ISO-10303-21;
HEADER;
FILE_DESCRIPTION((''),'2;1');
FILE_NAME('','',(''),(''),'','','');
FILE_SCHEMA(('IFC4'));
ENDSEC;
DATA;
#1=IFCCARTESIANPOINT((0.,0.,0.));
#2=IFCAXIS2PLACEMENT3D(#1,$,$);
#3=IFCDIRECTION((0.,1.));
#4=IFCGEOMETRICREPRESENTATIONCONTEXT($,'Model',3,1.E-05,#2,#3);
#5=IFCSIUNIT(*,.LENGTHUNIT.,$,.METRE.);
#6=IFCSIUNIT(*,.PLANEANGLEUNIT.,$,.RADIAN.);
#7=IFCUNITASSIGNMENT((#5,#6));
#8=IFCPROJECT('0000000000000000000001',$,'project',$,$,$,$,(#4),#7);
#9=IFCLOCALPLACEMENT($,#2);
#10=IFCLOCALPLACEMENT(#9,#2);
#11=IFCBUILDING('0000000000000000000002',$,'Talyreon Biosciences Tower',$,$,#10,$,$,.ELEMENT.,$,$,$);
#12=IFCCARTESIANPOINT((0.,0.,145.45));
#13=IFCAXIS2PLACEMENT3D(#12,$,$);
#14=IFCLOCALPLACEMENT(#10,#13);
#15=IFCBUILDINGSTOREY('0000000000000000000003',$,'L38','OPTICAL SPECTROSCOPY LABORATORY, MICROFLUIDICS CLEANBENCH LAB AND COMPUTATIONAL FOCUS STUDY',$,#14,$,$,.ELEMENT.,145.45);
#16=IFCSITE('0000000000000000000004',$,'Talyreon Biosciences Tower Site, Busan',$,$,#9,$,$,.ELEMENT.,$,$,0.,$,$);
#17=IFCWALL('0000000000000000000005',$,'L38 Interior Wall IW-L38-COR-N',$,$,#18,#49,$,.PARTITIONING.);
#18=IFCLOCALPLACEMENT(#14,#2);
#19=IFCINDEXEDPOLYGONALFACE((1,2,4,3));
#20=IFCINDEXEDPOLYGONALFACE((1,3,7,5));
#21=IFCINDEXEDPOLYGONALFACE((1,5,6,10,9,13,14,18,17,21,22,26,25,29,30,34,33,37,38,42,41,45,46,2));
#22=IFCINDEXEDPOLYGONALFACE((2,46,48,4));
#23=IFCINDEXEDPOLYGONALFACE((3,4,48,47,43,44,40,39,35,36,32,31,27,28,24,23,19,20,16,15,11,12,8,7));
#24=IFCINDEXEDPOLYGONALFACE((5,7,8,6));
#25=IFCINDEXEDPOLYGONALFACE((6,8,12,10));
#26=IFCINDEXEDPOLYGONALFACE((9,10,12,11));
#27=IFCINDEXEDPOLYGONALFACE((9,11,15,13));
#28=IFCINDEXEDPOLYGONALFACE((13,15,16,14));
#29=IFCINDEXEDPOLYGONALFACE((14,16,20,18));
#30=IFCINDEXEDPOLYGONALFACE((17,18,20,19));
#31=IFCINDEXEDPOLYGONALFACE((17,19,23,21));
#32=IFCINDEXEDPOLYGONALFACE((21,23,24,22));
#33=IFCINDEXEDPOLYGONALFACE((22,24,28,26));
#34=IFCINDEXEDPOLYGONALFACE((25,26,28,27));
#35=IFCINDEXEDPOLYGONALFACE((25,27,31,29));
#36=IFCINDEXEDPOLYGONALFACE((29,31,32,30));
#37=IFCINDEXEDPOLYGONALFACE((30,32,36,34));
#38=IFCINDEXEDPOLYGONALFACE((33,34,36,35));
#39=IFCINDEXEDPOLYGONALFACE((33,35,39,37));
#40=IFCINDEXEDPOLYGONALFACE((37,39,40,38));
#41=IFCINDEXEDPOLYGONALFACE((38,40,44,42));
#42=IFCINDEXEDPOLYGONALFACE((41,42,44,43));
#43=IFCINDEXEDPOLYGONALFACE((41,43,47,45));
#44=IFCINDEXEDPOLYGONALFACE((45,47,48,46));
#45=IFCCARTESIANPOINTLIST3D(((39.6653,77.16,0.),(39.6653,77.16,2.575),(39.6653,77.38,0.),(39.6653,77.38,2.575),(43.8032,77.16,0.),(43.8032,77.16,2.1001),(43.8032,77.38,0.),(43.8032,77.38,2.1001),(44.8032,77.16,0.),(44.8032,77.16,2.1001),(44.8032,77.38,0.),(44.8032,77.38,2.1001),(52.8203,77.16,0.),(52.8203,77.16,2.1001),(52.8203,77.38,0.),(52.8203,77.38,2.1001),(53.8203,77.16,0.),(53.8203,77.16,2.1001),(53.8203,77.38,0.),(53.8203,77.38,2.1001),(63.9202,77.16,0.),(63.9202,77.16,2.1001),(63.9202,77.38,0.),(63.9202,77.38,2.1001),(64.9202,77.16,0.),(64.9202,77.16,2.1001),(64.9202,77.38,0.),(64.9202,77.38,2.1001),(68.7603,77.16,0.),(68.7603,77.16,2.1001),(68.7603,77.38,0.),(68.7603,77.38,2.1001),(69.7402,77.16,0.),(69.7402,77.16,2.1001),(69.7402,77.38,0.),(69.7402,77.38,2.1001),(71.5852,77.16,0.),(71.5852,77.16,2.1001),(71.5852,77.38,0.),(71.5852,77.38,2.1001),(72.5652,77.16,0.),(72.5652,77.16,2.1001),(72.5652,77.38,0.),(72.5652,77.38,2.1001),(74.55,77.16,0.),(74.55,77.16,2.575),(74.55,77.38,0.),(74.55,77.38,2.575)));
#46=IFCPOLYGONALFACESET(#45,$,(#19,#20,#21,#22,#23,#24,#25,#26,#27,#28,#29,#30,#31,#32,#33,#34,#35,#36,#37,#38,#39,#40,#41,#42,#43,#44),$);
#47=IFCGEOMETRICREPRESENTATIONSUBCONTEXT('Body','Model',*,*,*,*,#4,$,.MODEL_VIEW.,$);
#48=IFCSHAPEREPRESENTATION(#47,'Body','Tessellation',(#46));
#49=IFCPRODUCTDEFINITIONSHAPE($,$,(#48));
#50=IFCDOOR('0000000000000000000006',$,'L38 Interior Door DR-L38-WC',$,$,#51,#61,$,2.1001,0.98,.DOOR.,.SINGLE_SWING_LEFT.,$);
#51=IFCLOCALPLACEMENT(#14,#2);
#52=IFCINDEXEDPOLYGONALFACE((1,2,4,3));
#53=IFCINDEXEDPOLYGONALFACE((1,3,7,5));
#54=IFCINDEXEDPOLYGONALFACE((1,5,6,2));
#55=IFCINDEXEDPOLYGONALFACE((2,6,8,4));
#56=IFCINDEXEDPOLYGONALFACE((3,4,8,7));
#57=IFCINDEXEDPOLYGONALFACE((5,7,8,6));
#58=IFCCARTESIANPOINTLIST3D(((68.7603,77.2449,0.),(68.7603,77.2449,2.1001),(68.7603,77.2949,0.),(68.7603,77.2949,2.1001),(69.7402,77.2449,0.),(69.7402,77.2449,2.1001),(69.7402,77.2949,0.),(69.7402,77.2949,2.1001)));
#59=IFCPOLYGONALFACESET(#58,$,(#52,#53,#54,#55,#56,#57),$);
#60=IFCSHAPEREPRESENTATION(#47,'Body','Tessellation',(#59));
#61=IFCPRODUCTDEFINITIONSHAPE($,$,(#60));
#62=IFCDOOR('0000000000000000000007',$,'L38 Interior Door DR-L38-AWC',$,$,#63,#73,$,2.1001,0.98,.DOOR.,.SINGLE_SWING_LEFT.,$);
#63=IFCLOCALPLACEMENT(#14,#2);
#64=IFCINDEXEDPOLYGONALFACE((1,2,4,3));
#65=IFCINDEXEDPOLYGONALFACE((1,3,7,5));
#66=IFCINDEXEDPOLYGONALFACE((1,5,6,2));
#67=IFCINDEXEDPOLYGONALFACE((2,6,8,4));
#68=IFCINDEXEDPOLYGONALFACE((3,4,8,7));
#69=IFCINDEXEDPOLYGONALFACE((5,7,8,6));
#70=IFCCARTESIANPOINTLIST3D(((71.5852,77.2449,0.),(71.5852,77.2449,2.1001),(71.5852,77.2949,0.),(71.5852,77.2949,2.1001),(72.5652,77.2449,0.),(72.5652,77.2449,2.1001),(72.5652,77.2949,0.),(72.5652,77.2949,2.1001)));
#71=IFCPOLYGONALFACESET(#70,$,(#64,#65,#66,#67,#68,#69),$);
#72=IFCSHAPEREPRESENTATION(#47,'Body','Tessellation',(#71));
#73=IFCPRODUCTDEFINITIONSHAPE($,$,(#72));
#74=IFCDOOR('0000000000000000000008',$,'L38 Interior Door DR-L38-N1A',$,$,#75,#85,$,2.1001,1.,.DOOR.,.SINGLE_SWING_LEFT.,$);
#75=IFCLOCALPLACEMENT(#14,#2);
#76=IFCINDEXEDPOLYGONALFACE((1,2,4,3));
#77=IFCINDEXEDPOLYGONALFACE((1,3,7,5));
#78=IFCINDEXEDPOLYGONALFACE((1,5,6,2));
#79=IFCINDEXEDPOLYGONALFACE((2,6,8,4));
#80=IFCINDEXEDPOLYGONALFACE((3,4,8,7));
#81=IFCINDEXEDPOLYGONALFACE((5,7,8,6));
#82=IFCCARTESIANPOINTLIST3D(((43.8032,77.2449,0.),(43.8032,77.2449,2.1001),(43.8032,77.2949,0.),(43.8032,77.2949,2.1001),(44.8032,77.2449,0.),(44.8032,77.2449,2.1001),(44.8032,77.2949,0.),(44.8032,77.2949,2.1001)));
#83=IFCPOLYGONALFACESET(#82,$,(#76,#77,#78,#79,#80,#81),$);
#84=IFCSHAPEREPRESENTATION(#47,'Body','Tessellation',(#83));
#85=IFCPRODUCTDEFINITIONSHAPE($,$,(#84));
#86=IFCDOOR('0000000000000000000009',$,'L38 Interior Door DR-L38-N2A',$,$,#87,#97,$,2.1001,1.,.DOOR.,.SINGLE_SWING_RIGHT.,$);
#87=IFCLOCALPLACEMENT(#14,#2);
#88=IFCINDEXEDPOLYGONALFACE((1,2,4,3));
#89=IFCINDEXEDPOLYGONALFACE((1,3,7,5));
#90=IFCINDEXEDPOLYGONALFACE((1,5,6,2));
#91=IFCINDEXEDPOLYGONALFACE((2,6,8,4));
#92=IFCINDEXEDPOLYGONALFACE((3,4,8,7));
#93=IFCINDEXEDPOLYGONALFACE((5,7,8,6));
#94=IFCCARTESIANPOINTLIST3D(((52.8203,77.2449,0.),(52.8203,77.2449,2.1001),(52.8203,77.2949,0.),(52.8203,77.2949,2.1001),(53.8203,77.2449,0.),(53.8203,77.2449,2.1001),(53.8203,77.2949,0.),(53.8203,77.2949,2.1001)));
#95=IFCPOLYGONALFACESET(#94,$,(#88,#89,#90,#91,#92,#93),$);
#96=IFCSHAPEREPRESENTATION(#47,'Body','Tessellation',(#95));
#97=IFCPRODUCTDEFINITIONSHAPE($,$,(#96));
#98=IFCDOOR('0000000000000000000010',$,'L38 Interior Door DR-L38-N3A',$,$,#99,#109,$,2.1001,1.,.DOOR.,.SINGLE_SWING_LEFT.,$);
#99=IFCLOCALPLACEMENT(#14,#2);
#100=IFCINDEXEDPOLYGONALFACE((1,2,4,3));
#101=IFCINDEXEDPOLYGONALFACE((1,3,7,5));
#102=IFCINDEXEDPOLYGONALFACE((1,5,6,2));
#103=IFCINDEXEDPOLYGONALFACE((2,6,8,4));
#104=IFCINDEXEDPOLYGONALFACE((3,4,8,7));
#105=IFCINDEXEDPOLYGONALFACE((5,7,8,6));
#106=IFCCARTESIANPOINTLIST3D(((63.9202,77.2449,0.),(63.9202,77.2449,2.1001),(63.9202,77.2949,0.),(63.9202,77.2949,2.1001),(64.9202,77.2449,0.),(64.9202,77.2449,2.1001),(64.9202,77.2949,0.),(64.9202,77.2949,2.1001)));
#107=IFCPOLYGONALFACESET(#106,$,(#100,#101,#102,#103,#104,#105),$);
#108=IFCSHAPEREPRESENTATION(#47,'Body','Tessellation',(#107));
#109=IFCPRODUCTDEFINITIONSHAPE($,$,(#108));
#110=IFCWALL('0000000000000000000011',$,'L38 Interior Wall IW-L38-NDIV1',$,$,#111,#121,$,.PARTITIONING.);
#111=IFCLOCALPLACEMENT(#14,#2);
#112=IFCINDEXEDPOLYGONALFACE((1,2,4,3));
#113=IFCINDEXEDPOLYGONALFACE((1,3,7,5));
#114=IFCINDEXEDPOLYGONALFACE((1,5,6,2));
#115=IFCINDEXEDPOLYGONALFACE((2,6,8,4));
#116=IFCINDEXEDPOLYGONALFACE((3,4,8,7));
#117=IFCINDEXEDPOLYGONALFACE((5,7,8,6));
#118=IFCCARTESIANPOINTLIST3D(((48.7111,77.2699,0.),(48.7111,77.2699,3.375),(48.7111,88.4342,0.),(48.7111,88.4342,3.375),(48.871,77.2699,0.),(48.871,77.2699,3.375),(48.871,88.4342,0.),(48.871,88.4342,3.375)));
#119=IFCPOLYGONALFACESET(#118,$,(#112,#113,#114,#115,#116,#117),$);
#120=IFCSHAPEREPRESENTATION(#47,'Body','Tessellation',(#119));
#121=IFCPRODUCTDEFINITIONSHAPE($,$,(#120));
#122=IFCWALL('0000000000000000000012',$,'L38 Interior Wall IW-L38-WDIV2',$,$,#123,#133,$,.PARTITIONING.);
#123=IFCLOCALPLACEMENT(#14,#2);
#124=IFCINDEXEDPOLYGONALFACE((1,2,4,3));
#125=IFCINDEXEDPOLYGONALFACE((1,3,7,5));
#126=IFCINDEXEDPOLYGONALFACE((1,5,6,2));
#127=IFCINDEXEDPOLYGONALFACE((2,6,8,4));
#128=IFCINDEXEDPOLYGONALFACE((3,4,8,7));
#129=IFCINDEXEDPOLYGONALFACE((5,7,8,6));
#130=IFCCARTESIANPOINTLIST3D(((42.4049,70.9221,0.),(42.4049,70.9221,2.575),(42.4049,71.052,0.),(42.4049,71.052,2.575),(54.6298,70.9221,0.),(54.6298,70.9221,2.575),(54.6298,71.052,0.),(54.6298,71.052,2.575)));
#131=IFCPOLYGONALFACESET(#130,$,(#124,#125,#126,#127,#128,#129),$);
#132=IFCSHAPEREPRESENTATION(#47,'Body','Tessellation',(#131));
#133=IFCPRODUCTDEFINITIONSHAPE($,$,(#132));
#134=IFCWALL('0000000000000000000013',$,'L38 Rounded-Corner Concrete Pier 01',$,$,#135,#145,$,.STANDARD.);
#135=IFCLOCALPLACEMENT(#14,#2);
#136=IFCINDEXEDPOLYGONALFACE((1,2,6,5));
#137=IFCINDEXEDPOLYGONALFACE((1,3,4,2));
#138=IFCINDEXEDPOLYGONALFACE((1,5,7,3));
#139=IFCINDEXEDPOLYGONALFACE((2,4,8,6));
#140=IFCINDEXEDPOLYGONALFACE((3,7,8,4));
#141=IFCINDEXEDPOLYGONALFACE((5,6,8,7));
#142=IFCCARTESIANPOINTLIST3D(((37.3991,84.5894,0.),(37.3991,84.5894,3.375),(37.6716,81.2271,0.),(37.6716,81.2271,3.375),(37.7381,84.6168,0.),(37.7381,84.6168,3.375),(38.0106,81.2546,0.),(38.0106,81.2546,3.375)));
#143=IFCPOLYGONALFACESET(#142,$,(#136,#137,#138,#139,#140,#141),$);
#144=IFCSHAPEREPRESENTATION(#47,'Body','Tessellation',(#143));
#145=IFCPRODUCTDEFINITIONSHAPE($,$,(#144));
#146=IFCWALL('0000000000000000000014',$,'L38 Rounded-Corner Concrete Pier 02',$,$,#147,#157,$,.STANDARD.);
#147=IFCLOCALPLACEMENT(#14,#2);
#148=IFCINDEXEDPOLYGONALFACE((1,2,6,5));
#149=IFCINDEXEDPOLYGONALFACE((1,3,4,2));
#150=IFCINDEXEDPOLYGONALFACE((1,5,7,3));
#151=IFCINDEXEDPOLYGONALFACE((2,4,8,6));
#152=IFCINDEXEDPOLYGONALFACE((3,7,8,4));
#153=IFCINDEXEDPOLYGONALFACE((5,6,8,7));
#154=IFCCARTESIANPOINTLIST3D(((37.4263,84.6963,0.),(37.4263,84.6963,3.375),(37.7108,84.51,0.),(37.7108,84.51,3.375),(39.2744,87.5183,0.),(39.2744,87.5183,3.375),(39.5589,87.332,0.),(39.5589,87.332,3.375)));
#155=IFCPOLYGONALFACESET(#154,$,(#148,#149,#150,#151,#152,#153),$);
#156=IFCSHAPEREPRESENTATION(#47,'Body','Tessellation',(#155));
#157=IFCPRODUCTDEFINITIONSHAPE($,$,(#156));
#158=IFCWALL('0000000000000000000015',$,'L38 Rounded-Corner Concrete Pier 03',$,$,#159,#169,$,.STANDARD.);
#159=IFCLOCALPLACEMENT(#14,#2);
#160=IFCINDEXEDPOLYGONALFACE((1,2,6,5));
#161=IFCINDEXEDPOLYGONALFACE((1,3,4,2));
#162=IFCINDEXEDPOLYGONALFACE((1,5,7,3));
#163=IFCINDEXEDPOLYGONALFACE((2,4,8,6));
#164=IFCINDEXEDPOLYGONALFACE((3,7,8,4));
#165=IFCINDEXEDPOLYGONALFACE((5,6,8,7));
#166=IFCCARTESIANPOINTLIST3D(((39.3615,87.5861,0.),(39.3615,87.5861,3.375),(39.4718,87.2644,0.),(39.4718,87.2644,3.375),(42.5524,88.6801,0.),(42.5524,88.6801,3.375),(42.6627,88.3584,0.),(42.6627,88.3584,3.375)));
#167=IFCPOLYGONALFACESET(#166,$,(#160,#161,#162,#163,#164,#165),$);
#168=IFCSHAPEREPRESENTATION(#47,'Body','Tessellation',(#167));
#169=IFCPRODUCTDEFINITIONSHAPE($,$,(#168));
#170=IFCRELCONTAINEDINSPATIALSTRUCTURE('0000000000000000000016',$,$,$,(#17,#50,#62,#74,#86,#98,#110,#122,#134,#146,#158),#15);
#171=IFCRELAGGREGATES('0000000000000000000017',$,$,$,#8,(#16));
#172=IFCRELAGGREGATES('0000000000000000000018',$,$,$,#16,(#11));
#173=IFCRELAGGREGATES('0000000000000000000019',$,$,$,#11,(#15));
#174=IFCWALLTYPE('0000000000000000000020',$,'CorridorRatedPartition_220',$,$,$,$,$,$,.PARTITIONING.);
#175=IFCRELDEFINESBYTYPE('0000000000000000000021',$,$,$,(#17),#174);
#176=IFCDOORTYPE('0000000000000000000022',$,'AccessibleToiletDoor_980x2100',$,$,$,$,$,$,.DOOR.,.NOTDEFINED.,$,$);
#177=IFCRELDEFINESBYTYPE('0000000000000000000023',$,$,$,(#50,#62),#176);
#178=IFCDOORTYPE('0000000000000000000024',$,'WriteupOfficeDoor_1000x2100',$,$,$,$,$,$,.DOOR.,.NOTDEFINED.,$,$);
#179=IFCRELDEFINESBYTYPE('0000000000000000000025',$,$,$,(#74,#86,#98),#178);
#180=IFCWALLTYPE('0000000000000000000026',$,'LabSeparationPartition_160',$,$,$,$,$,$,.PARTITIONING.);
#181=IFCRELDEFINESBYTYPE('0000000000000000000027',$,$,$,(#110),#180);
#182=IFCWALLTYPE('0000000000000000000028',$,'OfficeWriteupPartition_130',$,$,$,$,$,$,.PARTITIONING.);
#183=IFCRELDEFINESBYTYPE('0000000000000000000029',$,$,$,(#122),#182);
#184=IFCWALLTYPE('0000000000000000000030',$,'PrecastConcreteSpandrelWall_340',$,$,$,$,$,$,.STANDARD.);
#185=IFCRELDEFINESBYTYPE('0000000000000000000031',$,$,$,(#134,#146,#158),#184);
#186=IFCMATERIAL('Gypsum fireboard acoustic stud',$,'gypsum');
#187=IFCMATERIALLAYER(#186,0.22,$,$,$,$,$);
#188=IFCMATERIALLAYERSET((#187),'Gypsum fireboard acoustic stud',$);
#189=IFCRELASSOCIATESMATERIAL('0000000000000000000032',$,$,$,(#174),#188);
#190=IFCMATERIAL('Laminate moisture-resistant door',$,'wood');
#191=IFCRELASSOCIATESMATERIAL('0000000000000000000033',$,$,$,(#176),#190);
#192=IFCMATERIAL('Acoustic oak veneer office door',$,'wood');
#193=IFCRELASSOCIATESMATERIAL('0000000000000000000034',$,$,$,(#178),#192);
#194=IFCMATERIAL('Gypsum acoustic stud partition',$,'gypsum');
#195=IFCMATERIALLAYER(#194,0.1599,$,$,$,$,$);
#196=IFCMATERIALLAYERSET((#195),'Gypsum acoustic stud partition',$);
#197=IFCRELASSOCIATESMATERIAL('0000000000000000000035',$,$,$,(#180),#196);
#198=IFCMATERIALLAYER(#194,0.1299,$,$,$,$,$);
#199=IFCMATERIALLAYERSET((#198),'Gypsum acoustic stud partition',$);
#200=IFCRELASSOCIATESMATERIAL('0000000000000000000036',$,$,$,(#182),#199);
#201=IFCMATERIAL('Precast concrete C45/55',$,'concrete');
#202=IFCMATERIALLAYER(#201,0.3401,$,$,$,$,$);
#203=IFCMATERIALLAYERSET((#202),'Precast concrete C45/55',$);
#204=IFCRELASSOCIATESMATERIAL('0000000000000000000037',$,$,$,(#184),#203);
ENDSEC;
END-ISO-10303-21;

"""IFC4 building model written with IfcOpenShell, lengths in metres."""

from ifc_helpers import new_model, si_unit, direction, frame, frame_2d, origin, place, context, subcontext, project, spatial, rectangle, extrude, material, layer, layer_set, type_object, element, fill, save


model = new_model("IFC4")

# Units and contexts
model_context = context("Model", 3, precision=1e-05, world=origin(), true_north=direction((0.0, 1.0)))
body_context = subcontext(model_context, "Body", "Model", "MODEL_VIEW")
ifc_project = project(units=[si_unit("LENGTHUNIT", "METRE"), si_unit("PLANEANGLEUNIT", "RADIAN")], contexts=[model_context])

# Site, building, storey
site_placement = place(None, origin())
site = spatial("IfcSite", under=ifc_project, at=site_placement, Name="Talyreon Biosciences Tower Site, Busan", CompositionType="ELEMENT", RefElevation=0.0)
building_placement = place(site_placement, origin())
building = spatial("IfcBuilding", under=site, at=building_placement, Name="Talyreon Biosciences Tower", CompositionType="ELEMENT")
storey_placement = place(building_placement, frame((0.0, 0.0, 145.45)))
storey = spatial("IfcBuildingStorey", under=building, at=storey_placement, Name="L38", Description="OPTICAL SPECTROSCOPY LABORATORY, MICROFLUIDICS CLEANBENCH LAB AND COMPUTATIONAL FOCUS STUDY", CompositionType="ELEMENT", Elevation=145.45)

# Shared definitions
ifc_material_1 = material(Name="Precast concrete C45/55", Category="concrete")

# Wall, openings, doors
ifc_material_2 = material(Name="Gypsum fireboard acoustic stud", Category="gypsum")
ifc_layer_1 = layer(ifc_material_2, 0.22)
ifc_layer_set_1 = layer_set([ifc_layer_1], Name="Gypsum fireboard acoustic stud")
wall_type_1 = type_object("IfcWallType", Name="CorridorRatedPartition_220", PredefinedType="PARTITIONING", material=ifc_layer_set_1)
wall_1_placement = place(storey_placement, frame((39.6653, 77.27, 0.0), z_axis=(0.0, 0.0, 1.0), x_axis=(1.0, 0.0, 0.0)))
wall_1 = element("IfcWall", 1, at=wall_1_placement, inside=storey, type_object=wall_type_1, Name="L38 Interior Wall IW-L38-COR-N", PredefinedType="PARTITIONING", context=body_context, shape_type="SweptSolid", body=[
    extrude(rectangle(XDim=34.8848, YDim=0.22, at=frame_2d((17.4424, 0.0))), origin(), (0.0, 0.0, 1.0), 2.575),
])
opening_1_placement = place(wall_1_placement, frame((29.095, 0.0, 0.0)))
opening_1 = element("IfcOpeningElement", 2, at=opening_1_placement, cuts=wall_1, PredefinedType="OPENING", context=body_context, shape_type="SweptSolid", body=[
    extrude(rectangle(XDim=0.98, YDim=2.1001, at=frame_2d((0.49, 1.05))), frame((0.0, 0.1199, 0.0), z_axis=(0.0, -1.0, 0.0), x_axis=(1.0, 0.0, 0.0)), (0.0, 0.0, 1.0), 0.24),
])
opening_2_placement = place(wall_1_placement, frame((31.9199, 0.0, 0.0)))
opening_2 = element("IfcOpeningElement", 3, at=opening_2_placement, cuts=wall_1, PredefinedType="OPENING", context=body_context, shape_type="SweptSolid", body=[
    extrude(rectangle(XDim=0.98, YDim=2.1001, at=frame_2d((0.49, 1.05))), frame((0.0, 0.1199, 0.0), z_axis=(0.0, -1.0, 0.0), x_axis=(1.0, 0.0, 0.0)), (0.0, 0.0, 1.0), 0.24),
])
opening_3_placement = place(wall_1_placement, frame((4.1379, 0.0, 0.0)))
opening_3 = element("IfcOpeningElement", 4, at=opening_3_placement, cuts=wall_1, PredefinedType="OPENING", context=body_context, shape_type="SweptSolid", body=[
    extrude(rectangle(XDim=1.0, YDim=2.1001, at=frame_2d((0.5, 1.05))), frame((0.0, 0.1199, 0.0), z_axis=(0.0, -1.0, 0.0), x_axis=(1.0, 0.0, 0.0)), (0.0, 0.0, 1.0), 0.24),
])
opening_4_placement = place(wall_1_placement, frame((13.155, 0.0, 0.0)))
opening_4 = element("IfcOpeningElement", 5, at=opening_4_placement, cuts=wall_1, PredefinedType="OPENING", context=body_context, shape_type="SweptSolid", body=[
    extrude(rectangle(XDim=1.0, YDim=2.1001, at=frame_2d((0.5, 1.05))), frame((0.0, 0.1199, 0.0), z_axis=(0.0, -1.0, 0.0), x_axis=(1.0, 0.0, 0.0)), (0.0, 0.0, 1.0), 0.24),
])
opening_5_placement = place(wall_1_placement, frame((24.2549, 0.0, 0.0)))
opening_5 = element("IfcOpeningElement", 6, at=opening_5_placement, cuts=wall_1, PredefinedType="OPENING", context=body_context, shape_type="SweptSolid", body=[
    extrude(rectangle(XDim=1.0, YDim=2.1001, at=frame_2d((0.5, 1.05))), frame((0.0, 0.1199, 0.0), z_axis=(0.0, -1.0, 0.0), x_axis=(1.0, 0.0, 0.0)), (0.0, 0.0, 1.0), 0.24),
])
ifc_material_3 = material(Name="Laminate moisture-resistant door", Category="wood")
door_type_1 = type_object("IfcDoorType", Name="AccessibleToiletDoor_980x2100", OperationType="NOTDEFINED", PredefinedType="DOOR", material=ifc_material_3)
door_1_placement = place(opening_1_placement, origin())
door_1 = element("IfcDoor", 7, at=door_1_placement, inside=storey, type_object=door_type_1, Name="L38 Interior Door DR-L38-WC", OperationType="SINGLE_SWING_LEFT", OverallHeight=2.1001, OverallWidth=0.98, PredefinedType="DOOR", context=body_context, shape_type="SweptSolid", body=[
    extrude(rectangle(XDim=0.98, YDim=2.1001, at=frame_2d((0.49, 1.05))), frame((0.0, 0.0249, 0.0), z_axis=(0.0, -1.0, 0.0), x_axis=(1.0, 0.0, 0.0)), (0.0, 0.0, 1.0), 0.05),
])
fill(opening_1, door_1)
door_2_placement = place(opening_2_placement, origin())
door_2 = element("IfcDoor", 8, at=door_2_placement, inside=storey, type_object=door_type_1, Name="L38 Interior Door DR-L38-AWC", OperationType="SINGLE_SWING_LEFT", OverallHeight=2.1001, OverallWidth=0.98, PredefinedType="DOOR", context=body_context, shape_type="SweptSolid", body=[
    extrude(rectangle(XDim=0.98, YDim=2.1001, at=frame_2d((0.49, 1.05))), frame((0.0, 0.0249, 0.0), z_axis=(0.0, -1.0, 0.0), x_axis=(1.0, 0.0, 0.0)), (0.0, 0.0, 1.0), 0.05),
])
fill(opening_2, door_2)
ifc_material_4 = material(Name="Acoustic oak veneer office door", Category="wood")
door_type_2 = type_object("IfcDoorType", Name="WriteupOfficeDoor_1000x2100", OperationType="NOTDEFINED", PredefinedType="DOOR", material=ifc_material_4)
door_3_placement = place(opening_3_placement, origin())
door_3 = element("IfcDoor", 9, at=door_3_placement, inside=storey, type_object=door_type_2, Name="L38 Interior Door DR-L38-N1A", OperationType="SINGLE_SWING_LEFT", OverallHeight=2.1001, OverallWidth=1.0, PredefinedType="DOOR", context=body_context, shape_type="SweptSolid", body=[
    extrude(rectangle(XDim=1.0, YDim=2.1001, at=frame_2d((0.5, 1.05))), frame((0.0, 0.0249, 0.0), z_axis=(0.0, -1.0, 0.0), x_axis=(1.0, 0.0, 0.0)), (0.0, 0.0, 1.0), 0.05),
])
fill(opening_3, door_3)
door_4_placement = place(opening_4_placement, origin())
door_4 = element("IfcDoor", 10, at=door_4_placement, inside=storey, type_object=door_type_2, Name="L38 Interior Door DR-L38-N2A", OperationType="SINGLE_SWING_RIGHT", OverallHeight=2.1001, OverallWidth=1.0, PredefinedType="DOOR", context=body_context, shape_type="SweptSolid", body=[
    extrude(rectangle(XDim=1.0, YDim=2.1001, at=frame_2d((0.5, 1.05))), frame((0.0, 0.0249, 0.0), z_axis=(0.0, -1.0, 0.0), x_axis=(1.0, 0.0, 0.0)), (0.0, 0.0, 1.0), 0.05),
])
fill(opening_4, door_4)
door_5_placement = place(opening_5_placement, origin())
door_5 = element("IfcDoor", 11, at=door_5_placement, inside=storey, type_object=door_type_2, Name="L38 Interior Door DR-L38-N3A", OperationType="SINGLE_SWING_LEFT", OverallHeight=2.1001, OverallWidth=1.0, PredefinedType="DOOR", context=body_context, shape_type="SweptSolid", body=[
    extrude(rectangle(XDim=1.0, YDim=2.1001, at=frame_2d((0.5, 1.05))), frame((0.0, 0.0249, 0.0), z_axis=(0.0, -1.0, 0.0), x_axis=(1.0, 0.0, 0.0)), (0.0, 0.0, 1.0), 0.05),
])
fill(opening_5, door_5)

# Walls
ifc_material_5 = material(Name="Gypsum acoustic stud partition", Category="gypsum")
ifc_layer_2 = layer(ifc_material_5, 0.1599)
ifc_layer_set_2 = layer_set([ifc_layer_2], Name="Gypsum acoustic stud partition")
wall_type_2 = type_object("IfcWallType", Name="LabSeparationPartition_160", PredefinedType="PARTITIONING", material=ifc_layer_set_2)
wall_2_placement = place(storey_placement, frame((48.791, 77.27, 0.0), z_axis=(0.0, 0.0, 1.0), x_axis=(0.0, 1.0, 0.0)))
element("IfcWall", 12, at=wall_2_placement, inside=storey, type_object=wall_type_2, Name="L38 Interior Wall IW-L38-NDIV1", PredefinedType="PARTITIONING", context=body_context, shape_type="SweptSolid", body=[
    extrude(rectangle(XDim=11.1643, YDim=0.1599, at=frame_2d((5.582, 0.0))), origin(), (0.0, 0.0, 1.0), 3.375),
])
ifc_layer_3 = layer(ifc_material_5, 0.1299)
ifc_layer_set_3 = layer_set([ifc_layer_3], Name="Gypsum acoustic stud partition")
wall_type_3 = type_object("IfcWallType", Name="OfficeWriteupPartition_130", PredefinedType="PARTITIONING", material=ifc_layer_set_3)
wall_3_placement = place(storey_placement, frame((42.405, 70.9871, 0.0), z_axis=(0.0, 0.0, 1.0), x_axis=(1.0, 0.0, 0.0)))
element("IfcWall", 13, at=wall_3_placement, inside=storey, type_object=wall_type_3, Name="L38 Interior Wall IW-L38-WDIV2", PredefinedType="PARTITIONING", context=body_context, shape_type="SweptSolid", body=[
    extrude(rectangle(XDim=12.2249, YDim=0.1299, at=frame_2d((6.1123, 0.0))), origin(), (0.0, 0.0, 1.0), 2.575),
])
ifc_layer_4 = layer(ifc_material_1, 0.3401)
ifc_layer_set_4 = layer_set([ifc_layer_4], Name="Precast concrete C45/55")
wall_type_4 = type_object("IfcWallType", Name="PrecastConcreteSpandrelWall_340", PredefinedType="STANDARD", material=ifc_layer_set_4)
for number, where, z_axis, x_axis, name in (
    (14, (37.8411, 81.241, 0.0), (0.0, 0.0, 1.0), (-0.080769, 0.996733, 0.0), "L38 Rounded-Corner Concrete Pier 01"),
    (15, (37.5686, 84.6033, 0.0), (0.0, 0.0, 1.0), (0.547867, 0.836565, 0.0), "L38 Rounded-Corner Concrete Pier 02"),
    (16, (39.4167, 87.4253, 0.0), (0.0, 0.0, 1.0), (0.945949, 0.324315, 0.0), "L38 Rounded-Corner Concrete Pier 03"),
):
    element("IfcWall", number, at=place(storey_placement, frame(where, z_axis=z_axis, x_axis=x_axis)), inside=storey, type_object=wall_type_4, Name=name, PredefinedType="STANDARD", context=body_context, shape_type="SweptSolid", body=[
        extrude(rectangle(XDim=3.3733, YDim=0.3401, at=frame_2d((1.6865, 0.0))), origin(), (0.0, 0.0, 1.0), 3.375),
    ])

save(model, "model.ifc")
